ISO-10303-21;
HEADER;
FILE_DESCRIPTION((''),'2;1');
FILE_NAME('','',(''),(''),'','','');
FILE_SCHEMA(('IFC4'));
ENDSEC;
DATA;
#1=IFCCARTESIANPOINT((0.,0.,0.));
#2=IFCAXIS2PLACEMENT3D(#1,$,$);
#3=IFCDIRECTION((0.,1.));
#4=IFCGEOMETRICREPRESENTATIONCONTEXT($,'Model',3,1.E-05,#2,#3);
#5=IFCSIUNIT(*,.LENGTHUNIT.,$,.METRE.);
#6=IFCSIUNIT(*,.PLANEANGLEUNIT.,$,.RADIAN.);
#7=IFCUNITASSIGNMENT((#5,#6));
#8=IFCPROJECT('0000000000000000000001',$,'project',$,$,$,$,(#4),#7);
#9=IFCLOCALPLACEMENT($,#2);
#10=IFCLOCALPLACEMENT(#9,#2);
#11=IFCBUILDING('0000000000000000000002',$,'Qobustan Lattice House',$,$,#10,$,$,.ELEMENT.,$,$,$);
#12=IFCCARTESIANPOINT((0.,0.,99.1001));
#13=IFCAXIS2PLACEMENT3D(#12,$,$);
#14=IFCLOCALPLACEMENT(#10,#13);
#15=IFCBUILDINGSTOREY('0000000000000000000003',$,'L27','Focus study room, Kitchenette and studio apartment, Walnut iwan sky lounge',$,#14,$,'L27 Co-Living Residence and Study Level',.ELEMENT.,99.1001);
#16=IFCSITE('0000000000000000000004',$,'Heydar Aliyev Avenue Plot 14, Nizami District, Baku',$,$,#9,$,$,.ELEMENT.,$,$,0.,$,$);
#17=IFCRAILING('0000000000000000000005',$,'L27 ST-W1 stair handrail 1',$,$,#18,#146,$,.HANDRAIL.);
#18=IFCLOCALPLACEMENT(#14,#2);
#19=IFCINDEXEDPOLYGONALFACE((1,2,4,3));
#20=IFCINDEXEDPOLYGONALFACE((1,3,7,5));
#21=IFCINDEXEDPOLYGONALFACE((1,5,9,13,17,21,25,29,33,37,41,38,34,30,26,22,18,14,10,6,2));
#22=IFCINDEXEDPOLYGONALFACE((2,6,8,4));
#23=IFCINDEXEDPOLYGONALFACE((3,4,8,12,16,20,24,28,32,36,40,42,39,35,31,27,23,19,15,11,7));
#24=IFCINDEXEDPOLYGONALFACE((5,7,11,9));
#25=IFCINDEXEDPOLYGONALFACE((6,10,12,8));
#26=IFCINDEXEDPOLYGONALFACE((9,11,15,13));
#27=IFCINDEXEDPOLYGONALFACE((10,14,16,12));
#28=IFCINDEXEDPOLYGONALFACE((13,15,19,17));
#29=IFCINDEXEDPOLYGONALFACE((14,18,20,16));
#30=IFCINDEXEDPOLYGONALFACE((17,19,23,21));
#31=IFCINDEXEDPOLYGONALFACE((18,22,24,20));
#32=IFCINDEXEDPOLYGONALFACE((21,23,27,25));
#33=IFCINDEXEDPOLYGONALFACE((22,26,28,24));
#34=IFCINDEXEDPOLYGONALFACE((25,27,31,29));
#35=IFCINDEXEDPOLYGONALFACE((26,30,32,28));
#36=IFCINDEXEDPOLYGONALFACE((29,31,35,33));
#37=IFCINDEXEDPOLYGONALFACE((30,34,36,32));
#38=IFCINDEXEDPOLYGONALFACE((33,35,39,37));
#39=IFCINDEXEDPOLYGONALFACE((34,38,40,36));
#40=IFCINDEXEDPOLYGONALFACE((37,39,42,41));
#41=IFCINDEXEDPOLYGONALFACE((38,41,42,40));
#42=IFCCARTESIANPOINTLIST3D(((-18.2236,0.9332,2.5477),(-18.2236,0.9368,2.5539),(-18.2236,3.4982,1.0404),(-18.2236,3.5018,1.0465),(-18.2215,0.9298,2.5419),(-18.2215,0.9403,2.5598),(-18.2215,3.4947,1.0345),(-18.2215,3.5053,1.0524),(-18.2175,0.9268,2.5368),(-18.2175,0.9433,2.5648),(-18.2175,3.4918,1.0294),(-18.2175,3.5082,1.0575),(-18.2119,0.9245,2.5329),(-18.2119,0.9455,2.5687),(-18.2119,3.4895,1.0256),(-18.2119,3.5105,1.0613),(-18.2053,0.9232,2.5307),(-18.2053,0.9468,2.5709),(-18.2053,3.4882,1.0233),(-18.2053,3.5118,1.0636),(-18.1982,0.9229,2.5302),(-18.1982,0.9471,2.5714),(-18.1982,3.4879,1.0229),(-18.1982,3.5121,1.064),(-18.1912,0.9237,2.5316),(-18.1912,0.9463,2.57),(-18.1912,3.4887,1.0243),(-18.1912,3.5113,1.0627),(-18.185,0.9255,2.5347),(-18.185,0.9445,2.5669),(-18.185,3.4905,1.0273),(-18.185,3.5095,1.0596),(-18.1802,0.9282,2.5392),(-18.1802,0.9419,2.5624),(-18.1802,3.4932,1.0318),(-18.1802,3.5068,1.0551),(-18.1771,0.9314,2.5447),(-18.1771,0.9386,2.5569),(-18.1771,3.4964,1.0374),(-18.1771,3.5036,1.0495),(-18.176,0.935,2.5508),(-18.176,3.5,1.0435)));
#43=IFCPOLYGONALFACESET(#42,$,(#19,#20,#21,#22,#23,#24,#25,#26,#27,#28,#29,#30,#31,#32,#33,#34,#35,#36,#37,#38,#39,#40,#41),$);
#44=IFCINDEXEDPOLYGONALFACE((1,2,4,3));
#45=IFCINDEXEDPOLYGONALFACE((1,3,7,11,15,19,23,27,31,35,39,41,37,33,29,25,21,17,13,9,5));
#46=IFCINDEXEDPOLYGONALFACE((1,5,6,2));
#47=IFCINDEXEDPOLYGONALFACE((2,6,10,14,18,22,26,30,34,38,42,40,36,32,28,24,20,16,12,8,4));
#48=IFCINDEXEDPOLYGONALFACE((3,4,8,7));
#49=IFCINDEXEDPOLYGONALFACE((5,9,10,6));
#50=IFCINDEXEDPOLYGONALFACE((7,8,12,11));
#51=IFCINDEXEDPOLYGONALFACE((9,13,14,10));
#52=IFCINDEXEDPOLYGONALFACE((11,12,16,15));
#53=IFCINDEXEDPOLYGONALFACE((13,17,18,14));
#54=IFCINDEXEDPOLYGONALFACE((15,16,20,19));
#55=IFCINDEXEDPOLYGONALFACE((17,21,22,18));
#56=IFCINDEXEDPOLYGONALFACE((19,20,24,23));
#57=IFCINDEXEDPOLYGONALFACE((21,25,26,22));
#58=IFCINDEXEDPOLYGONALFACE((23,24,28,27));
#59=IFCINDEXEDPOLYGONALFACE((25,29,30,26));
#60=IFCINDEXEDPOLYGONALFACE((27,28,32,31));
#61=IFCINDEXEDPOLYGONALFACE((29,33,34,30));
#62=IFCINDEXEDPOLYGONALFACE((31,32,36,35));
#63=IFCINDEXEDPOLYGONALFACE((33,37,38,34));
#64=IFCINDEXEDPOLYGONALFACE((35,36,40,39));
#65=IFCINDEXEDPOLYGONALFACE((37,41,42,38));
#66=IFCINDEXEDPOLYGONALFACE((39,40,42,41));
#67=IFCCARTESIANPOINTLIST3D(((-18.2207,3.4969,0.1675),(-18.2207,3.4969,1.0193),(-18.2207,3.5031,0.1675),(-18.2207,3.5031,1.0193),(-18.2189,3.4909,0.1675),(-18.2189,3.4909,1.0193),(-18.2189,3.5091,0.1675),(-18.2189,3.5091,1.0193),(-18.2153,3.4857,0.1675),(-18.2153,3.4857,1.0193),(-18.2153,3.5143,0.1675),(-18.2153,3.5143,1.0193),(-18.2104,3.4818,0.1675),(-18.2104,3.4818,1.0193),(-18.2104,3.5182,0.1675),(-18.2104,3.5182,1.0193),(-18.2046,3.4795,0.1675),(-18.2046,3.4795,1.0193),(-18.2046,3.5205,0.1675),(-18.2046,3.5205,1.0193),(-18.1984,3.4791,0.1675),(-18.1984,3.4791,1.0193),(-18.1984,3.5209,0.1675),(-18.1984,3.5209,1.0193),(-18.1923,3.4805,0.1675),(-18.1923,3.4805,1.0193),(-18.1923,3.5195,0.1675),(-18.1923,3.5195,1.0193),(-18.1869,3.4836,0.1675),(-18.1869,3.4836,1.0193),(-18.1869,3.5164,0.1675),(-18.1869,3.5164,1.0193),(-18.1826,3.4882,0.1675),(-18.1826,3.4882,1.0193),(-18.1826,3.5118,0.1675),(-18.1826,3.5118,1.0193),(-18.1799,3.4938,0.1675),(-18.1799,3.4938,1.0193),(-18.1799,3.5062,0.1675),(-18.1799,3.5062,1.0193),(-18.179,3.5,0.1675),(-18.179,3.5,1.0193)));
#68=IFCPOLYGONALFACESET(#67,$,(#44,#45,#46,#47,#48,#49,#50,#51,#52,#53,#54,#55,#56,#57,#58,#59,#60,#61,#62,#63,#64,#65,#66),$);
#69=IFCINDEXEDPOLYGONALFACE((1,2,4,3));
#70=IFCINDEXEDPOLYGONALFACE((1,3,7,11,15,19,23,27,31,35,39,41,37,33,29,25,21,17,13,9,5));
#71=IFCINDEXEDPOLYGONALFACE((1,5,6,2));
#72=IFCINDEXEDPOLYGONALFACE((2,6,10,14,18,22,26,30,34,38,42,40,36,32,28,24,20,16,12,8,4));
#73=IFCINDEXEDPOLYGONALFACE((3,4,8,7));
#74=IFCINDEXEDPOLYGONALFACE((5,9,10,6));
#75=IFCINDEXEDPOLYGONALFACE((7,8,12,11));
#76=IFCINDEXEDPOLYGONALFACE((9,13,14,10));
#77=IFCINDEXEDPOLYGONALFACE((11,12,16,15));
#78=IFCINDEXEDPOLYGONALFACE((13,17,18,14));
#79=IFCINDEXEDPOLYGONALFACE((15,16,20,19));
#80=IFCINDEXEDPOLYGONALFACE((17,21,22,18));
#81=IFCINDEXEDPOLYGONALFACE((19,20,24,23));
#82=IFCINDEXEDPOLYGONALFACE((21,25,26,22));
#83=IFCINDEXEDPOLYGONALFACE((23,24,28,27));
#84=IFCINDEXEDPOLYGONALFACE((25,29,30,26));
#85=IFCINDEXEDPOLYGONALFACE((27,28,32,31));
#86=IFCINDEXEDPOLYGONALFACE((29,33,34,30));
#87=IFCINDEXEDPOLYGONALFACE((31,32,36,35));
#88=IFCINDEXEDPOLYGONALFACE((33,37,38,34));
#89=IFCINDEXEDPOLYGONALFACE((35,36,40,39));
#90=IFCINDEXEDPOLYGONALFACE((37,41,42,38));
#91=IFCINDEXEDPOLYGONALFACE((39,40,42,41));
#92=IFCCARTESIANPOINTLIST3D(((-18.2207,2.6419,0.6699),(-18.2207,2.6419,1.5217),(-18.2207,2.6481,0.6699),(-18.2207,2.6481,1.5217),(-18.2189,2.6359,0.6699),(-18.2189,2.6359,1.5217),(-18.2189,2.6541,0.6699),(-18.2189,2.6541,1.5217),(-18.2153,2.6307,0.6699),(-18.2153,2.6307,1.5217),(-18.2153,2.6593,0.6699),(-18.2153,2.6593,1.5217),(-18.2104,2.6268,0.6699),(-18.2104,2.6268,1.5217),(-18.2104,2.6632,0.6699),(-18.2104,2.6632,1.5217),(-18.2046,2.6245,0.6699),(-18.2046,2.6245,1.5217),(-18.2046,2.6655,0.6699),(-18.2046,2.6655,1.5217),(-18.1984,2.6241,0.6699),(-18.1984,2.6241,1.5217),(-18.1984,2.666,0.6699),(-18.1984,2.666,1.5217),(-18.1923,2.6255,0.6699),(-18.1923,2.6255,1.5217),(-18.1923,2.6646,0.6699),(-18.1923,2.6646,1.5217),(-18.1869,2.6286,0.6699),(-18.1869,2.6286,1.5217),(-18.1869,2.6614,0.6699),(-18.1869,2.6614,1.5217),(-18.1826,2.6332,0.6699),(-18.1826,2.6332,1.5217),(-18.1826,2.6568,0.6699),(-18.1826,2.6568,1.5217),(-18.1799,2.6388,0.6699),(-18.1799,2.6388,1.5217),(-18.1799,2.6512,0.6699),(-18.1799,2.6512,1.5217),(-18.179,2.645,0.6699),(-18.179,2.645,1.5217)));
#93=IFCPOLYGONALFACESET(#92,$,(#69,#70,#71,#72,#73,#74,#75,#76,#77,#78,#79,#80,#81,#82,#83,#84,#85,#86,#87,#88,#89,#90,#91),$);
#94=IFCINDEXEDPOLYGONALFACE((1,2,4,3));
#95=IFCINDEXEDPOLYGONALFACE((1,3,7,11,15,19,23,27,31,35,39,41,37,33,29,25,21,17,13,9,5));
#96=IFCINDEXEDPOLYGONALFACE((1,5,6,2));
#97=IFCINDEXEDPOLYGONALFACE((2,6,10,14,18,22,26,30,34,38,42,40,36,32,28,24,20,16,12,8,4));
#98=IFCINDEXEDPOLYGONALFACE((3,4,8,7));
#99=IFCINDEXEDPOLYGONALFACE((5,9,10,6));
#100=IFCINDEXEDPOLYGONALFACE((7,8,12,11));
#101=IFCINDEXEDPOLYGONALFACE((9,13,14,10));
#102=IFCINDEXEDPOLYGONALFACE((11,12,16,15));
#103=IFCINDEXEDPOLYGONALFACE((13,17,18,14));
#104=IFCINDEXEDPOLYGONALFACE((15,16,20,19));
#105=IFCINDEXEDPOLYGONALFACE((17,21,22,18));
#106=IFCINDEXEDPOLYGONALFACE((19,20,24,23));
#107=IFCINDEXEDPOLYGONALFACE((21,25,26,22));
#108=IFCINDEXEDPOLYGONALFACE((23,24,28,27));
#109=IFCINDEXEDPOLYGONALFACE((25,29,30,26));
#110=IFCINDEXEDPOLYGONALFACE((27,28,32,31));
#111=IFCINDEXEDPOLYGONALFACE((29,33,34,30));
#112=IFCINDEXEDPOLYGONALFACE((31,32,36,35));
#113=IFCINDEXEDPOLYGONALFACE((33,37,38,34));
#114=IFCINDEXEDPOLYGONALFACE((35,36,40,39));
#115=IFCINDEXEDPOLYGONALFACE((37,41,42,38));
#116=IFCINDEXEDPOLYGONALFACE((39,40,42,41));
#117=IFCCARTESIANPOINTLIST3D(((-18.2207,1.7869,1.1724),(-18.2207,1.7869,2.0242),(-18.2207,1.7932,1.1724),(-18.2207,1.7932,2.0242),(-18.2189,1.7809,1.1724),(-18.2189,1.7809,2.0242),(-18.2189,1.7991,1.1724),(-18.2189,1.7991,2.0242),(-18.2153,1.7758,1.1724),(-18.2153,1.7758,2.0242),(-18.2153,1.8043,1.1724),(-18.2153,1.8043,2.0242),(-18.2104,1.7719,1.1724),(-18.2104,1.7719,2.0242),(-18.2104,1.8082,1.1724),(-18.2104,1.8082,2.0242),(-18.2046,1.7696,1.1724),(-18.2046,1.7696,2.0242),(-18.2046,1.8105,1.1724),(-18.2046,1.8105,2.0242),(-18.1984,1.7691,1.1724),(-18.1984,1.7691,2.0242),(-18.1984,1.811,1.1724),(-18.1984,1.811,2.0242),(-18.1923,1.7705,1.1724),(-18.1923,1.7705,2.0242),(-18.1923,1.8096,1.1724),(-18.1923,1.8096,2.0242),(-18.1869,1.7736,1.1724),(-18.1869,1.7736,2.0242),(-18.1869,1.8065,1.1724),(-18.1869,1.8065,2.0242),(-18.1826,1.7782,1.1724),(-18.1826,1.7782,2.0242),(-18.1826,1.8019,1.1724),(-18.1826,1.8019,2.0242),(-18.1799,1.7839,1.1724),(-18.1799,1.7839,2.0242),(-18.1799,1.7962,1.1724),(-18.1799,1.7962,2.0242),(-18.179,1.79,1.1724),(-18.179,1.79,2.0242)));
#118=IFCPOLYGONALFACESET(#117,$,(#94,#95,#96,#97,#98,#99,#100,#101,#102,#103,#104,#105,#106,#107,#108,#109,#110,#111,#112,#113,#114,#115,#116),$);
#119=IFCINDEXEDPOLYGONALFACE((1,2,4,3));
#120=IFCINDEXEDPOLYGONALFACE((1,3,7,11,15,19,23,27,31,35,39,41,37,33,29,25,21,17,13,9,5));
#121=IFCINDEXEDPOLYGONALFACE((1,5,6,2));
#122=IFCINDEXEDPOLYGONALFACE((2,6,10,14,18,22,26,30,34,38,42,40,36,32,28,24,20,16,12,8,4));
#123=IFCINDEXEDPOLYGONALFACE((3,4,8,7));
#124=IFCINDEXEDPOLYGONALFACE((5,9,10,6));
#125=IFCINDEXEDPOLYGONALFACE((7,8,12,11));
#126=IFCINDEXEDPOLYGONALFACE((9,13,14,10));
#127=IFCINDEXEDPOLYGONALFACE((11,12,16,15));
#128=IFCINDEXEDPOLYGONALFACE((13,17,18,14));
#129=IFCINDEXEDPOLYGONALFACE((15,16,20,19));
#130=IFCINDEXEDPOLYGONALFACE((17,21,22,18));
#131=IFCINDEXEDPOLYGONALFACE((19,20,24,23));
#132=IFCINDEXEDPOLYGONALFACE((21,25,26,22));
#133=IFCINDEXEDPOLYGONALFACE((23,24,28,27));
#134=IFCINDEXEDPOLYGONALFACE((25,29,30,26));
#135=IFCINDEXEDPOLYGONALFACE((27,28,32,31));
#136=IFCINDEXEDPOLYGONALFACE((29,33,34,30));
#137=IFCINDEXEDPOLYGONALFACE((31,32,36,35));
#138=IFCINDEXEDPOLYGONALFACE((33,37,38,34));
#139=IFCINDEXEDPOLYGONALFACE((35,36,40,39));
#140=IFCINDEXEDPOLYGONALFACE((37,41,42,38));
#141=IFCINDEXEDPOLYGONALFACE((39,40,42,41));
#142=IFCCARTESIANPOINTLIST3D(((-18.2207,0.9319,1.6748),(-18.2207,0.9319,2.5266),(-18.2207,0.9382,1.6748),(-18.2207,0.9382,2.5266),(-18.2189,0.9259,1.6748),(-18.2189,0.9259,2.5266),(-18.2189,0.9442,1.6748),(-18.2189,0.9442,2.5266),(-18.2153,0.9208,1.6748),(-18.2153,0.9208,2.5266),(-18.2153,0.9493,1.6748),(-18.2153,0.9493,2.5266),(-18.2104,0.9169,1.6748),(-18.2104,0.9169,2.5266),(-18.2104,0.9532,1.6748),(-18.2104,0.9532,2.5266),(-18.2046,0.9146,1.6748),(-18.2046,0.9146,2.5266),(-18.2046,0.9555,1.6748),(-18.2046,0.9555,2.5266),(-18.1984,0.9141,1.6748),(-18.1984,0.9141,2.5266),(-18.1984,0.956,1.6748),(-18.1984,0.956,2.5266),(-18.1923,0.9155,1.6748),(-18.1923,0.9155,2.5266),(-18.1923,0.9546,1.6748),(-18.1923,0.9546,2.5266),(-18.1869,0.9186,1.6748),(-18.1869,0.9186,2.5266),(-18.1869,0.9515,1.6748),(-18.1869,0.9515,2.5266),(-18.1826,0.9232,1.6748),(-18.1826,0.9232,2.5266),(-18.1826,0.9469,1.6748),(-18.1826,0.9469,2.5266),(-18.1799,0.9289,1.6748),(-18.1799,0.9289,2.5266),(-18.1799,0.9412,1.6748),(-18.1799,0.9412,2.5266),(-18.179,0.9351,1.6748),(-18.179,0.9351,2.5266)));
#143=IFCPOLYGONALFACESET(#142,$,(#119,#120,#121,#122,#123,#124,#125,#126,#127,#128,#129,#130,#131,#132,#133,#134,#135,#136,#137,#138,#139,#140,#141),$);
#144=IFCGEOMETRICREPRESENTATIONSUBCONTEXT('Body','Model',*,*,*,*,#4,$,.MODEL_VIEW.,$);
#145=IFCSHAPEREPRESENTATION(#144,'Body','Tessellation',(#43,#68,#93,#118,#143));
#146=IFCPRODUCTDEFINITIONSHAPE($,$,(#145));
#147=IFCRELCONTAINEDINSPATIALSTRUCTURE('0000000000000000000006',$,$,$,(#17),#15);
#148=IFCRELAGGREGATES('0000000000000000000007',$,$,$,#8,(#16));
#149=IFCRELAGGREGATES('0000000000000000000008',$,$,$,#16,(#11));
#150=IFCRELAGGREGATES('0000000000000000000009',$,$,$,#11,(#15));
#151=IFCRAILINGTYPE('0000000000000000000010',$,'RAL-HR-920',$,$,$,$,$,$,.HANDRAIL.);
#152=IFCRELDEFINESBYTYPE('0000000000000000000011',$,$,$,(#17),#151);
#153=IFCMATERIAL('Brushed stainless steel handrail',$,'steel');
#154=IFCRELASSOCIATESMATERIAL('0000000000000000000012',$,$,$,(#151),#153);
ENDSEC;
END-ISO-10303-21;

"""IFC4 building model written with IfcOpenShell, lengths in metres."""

from ifc_helpers import new_model, si_unit, direction, frame, origin, origin_2d, place, context, subcontext, project, spatial, circle, extrude, material, type_object, element, save


model = new_model("IFC4")

# Units and contexts
model_context = context("Model", 3, precision=1e-05, world=origin(), true_north=direction((0.0, 1.0)))
body_context = subcontext(model_context, "Body", "Model", "MODEL_VIEW")
ifc_project = project(units=[si_unit("LENGTHUNIT", "METRE"), si_unit("PLANEANGLEUNIT", "RADIAN")], contexts=[model_context])

# Site, building, storey
site_placement = place(None, origin())
site = spatial("IfcSite", under=ifc_project, at=site_placement, Name="Heydar Aliyev Avenue Plot 14, Nizami District, Baku", CompositionType="ELEMENT", RefElevation=0.0)
building_placement = place(site_placement, origin())
building = spatial("IfcBuilding", under=site, at=building_placement, Name="Qobustan Lattice House", CompositionType="ELEMENT")
storey_placement = place(building_placement, frame((0.0, 0.0, 99.1001)))
storey = spatial("IfcBuildingStorey", under=building, at=storey_placement, Name="L27", Description="Focus study room, Kitchenette and studio apartment, Walnut iwan sky lounge", LongName="L27 Co-Living Residence and Study Level", CompositionType="ELEMENT", Elevation=99.1001)

# Railing
ifc_material_1 = material(Name="Brushed stainless steel handrail", Category="steel")
railing_type = type_object("IfcRailingType", Name="RAL-HR-920", PredefinedType="HANDRAIL", material=ifc_material_1)
railing_placement = place(storey_placement, frame((-18.2, 3.5, 0.1675)))
element("IfcRailing", 1, at=railing_placement, inside=storey, type_object=railing_type, Name="L27 ST-W1 stair handrail 1", PredefinedType="HANDRAIL", context=body_context, shape_type="SweptSolid", body=[
    extrude(circle(Radius=0.0239, at=origin_2d()), frame((0.0, 0.0, 0.876), z_axis=(0.0, -0.862149, 0.506654), x_axis=(1.0, 0.0, 0.0)), (0.0, 0.0, 1.0), 2.9751),
    extrude(circle(Radius=0.021, at=origin_2d()), origin(), (0.0, 0.0, 1.0), 0.8518),
    extrude(circle(Radius=0.021, at=origin_2d()), frame((0.0, -0.855, 0.5024)), (0.0, 0.0, 1.0), 0.8518),
    extrude(circle(Radius=0.021, at=origin_2d()), frame((0.0, -1.71, 1.0049)), (0.0, 0.0, 1.0), 0.8518),
    extrude(circle(Radius=0.021, at=origin_2d()), frame((0.0, -2.5649, 1.5073)), (0.0, 0.0, 1.0), 0.8518),
])

save(model, "model.ifc")
